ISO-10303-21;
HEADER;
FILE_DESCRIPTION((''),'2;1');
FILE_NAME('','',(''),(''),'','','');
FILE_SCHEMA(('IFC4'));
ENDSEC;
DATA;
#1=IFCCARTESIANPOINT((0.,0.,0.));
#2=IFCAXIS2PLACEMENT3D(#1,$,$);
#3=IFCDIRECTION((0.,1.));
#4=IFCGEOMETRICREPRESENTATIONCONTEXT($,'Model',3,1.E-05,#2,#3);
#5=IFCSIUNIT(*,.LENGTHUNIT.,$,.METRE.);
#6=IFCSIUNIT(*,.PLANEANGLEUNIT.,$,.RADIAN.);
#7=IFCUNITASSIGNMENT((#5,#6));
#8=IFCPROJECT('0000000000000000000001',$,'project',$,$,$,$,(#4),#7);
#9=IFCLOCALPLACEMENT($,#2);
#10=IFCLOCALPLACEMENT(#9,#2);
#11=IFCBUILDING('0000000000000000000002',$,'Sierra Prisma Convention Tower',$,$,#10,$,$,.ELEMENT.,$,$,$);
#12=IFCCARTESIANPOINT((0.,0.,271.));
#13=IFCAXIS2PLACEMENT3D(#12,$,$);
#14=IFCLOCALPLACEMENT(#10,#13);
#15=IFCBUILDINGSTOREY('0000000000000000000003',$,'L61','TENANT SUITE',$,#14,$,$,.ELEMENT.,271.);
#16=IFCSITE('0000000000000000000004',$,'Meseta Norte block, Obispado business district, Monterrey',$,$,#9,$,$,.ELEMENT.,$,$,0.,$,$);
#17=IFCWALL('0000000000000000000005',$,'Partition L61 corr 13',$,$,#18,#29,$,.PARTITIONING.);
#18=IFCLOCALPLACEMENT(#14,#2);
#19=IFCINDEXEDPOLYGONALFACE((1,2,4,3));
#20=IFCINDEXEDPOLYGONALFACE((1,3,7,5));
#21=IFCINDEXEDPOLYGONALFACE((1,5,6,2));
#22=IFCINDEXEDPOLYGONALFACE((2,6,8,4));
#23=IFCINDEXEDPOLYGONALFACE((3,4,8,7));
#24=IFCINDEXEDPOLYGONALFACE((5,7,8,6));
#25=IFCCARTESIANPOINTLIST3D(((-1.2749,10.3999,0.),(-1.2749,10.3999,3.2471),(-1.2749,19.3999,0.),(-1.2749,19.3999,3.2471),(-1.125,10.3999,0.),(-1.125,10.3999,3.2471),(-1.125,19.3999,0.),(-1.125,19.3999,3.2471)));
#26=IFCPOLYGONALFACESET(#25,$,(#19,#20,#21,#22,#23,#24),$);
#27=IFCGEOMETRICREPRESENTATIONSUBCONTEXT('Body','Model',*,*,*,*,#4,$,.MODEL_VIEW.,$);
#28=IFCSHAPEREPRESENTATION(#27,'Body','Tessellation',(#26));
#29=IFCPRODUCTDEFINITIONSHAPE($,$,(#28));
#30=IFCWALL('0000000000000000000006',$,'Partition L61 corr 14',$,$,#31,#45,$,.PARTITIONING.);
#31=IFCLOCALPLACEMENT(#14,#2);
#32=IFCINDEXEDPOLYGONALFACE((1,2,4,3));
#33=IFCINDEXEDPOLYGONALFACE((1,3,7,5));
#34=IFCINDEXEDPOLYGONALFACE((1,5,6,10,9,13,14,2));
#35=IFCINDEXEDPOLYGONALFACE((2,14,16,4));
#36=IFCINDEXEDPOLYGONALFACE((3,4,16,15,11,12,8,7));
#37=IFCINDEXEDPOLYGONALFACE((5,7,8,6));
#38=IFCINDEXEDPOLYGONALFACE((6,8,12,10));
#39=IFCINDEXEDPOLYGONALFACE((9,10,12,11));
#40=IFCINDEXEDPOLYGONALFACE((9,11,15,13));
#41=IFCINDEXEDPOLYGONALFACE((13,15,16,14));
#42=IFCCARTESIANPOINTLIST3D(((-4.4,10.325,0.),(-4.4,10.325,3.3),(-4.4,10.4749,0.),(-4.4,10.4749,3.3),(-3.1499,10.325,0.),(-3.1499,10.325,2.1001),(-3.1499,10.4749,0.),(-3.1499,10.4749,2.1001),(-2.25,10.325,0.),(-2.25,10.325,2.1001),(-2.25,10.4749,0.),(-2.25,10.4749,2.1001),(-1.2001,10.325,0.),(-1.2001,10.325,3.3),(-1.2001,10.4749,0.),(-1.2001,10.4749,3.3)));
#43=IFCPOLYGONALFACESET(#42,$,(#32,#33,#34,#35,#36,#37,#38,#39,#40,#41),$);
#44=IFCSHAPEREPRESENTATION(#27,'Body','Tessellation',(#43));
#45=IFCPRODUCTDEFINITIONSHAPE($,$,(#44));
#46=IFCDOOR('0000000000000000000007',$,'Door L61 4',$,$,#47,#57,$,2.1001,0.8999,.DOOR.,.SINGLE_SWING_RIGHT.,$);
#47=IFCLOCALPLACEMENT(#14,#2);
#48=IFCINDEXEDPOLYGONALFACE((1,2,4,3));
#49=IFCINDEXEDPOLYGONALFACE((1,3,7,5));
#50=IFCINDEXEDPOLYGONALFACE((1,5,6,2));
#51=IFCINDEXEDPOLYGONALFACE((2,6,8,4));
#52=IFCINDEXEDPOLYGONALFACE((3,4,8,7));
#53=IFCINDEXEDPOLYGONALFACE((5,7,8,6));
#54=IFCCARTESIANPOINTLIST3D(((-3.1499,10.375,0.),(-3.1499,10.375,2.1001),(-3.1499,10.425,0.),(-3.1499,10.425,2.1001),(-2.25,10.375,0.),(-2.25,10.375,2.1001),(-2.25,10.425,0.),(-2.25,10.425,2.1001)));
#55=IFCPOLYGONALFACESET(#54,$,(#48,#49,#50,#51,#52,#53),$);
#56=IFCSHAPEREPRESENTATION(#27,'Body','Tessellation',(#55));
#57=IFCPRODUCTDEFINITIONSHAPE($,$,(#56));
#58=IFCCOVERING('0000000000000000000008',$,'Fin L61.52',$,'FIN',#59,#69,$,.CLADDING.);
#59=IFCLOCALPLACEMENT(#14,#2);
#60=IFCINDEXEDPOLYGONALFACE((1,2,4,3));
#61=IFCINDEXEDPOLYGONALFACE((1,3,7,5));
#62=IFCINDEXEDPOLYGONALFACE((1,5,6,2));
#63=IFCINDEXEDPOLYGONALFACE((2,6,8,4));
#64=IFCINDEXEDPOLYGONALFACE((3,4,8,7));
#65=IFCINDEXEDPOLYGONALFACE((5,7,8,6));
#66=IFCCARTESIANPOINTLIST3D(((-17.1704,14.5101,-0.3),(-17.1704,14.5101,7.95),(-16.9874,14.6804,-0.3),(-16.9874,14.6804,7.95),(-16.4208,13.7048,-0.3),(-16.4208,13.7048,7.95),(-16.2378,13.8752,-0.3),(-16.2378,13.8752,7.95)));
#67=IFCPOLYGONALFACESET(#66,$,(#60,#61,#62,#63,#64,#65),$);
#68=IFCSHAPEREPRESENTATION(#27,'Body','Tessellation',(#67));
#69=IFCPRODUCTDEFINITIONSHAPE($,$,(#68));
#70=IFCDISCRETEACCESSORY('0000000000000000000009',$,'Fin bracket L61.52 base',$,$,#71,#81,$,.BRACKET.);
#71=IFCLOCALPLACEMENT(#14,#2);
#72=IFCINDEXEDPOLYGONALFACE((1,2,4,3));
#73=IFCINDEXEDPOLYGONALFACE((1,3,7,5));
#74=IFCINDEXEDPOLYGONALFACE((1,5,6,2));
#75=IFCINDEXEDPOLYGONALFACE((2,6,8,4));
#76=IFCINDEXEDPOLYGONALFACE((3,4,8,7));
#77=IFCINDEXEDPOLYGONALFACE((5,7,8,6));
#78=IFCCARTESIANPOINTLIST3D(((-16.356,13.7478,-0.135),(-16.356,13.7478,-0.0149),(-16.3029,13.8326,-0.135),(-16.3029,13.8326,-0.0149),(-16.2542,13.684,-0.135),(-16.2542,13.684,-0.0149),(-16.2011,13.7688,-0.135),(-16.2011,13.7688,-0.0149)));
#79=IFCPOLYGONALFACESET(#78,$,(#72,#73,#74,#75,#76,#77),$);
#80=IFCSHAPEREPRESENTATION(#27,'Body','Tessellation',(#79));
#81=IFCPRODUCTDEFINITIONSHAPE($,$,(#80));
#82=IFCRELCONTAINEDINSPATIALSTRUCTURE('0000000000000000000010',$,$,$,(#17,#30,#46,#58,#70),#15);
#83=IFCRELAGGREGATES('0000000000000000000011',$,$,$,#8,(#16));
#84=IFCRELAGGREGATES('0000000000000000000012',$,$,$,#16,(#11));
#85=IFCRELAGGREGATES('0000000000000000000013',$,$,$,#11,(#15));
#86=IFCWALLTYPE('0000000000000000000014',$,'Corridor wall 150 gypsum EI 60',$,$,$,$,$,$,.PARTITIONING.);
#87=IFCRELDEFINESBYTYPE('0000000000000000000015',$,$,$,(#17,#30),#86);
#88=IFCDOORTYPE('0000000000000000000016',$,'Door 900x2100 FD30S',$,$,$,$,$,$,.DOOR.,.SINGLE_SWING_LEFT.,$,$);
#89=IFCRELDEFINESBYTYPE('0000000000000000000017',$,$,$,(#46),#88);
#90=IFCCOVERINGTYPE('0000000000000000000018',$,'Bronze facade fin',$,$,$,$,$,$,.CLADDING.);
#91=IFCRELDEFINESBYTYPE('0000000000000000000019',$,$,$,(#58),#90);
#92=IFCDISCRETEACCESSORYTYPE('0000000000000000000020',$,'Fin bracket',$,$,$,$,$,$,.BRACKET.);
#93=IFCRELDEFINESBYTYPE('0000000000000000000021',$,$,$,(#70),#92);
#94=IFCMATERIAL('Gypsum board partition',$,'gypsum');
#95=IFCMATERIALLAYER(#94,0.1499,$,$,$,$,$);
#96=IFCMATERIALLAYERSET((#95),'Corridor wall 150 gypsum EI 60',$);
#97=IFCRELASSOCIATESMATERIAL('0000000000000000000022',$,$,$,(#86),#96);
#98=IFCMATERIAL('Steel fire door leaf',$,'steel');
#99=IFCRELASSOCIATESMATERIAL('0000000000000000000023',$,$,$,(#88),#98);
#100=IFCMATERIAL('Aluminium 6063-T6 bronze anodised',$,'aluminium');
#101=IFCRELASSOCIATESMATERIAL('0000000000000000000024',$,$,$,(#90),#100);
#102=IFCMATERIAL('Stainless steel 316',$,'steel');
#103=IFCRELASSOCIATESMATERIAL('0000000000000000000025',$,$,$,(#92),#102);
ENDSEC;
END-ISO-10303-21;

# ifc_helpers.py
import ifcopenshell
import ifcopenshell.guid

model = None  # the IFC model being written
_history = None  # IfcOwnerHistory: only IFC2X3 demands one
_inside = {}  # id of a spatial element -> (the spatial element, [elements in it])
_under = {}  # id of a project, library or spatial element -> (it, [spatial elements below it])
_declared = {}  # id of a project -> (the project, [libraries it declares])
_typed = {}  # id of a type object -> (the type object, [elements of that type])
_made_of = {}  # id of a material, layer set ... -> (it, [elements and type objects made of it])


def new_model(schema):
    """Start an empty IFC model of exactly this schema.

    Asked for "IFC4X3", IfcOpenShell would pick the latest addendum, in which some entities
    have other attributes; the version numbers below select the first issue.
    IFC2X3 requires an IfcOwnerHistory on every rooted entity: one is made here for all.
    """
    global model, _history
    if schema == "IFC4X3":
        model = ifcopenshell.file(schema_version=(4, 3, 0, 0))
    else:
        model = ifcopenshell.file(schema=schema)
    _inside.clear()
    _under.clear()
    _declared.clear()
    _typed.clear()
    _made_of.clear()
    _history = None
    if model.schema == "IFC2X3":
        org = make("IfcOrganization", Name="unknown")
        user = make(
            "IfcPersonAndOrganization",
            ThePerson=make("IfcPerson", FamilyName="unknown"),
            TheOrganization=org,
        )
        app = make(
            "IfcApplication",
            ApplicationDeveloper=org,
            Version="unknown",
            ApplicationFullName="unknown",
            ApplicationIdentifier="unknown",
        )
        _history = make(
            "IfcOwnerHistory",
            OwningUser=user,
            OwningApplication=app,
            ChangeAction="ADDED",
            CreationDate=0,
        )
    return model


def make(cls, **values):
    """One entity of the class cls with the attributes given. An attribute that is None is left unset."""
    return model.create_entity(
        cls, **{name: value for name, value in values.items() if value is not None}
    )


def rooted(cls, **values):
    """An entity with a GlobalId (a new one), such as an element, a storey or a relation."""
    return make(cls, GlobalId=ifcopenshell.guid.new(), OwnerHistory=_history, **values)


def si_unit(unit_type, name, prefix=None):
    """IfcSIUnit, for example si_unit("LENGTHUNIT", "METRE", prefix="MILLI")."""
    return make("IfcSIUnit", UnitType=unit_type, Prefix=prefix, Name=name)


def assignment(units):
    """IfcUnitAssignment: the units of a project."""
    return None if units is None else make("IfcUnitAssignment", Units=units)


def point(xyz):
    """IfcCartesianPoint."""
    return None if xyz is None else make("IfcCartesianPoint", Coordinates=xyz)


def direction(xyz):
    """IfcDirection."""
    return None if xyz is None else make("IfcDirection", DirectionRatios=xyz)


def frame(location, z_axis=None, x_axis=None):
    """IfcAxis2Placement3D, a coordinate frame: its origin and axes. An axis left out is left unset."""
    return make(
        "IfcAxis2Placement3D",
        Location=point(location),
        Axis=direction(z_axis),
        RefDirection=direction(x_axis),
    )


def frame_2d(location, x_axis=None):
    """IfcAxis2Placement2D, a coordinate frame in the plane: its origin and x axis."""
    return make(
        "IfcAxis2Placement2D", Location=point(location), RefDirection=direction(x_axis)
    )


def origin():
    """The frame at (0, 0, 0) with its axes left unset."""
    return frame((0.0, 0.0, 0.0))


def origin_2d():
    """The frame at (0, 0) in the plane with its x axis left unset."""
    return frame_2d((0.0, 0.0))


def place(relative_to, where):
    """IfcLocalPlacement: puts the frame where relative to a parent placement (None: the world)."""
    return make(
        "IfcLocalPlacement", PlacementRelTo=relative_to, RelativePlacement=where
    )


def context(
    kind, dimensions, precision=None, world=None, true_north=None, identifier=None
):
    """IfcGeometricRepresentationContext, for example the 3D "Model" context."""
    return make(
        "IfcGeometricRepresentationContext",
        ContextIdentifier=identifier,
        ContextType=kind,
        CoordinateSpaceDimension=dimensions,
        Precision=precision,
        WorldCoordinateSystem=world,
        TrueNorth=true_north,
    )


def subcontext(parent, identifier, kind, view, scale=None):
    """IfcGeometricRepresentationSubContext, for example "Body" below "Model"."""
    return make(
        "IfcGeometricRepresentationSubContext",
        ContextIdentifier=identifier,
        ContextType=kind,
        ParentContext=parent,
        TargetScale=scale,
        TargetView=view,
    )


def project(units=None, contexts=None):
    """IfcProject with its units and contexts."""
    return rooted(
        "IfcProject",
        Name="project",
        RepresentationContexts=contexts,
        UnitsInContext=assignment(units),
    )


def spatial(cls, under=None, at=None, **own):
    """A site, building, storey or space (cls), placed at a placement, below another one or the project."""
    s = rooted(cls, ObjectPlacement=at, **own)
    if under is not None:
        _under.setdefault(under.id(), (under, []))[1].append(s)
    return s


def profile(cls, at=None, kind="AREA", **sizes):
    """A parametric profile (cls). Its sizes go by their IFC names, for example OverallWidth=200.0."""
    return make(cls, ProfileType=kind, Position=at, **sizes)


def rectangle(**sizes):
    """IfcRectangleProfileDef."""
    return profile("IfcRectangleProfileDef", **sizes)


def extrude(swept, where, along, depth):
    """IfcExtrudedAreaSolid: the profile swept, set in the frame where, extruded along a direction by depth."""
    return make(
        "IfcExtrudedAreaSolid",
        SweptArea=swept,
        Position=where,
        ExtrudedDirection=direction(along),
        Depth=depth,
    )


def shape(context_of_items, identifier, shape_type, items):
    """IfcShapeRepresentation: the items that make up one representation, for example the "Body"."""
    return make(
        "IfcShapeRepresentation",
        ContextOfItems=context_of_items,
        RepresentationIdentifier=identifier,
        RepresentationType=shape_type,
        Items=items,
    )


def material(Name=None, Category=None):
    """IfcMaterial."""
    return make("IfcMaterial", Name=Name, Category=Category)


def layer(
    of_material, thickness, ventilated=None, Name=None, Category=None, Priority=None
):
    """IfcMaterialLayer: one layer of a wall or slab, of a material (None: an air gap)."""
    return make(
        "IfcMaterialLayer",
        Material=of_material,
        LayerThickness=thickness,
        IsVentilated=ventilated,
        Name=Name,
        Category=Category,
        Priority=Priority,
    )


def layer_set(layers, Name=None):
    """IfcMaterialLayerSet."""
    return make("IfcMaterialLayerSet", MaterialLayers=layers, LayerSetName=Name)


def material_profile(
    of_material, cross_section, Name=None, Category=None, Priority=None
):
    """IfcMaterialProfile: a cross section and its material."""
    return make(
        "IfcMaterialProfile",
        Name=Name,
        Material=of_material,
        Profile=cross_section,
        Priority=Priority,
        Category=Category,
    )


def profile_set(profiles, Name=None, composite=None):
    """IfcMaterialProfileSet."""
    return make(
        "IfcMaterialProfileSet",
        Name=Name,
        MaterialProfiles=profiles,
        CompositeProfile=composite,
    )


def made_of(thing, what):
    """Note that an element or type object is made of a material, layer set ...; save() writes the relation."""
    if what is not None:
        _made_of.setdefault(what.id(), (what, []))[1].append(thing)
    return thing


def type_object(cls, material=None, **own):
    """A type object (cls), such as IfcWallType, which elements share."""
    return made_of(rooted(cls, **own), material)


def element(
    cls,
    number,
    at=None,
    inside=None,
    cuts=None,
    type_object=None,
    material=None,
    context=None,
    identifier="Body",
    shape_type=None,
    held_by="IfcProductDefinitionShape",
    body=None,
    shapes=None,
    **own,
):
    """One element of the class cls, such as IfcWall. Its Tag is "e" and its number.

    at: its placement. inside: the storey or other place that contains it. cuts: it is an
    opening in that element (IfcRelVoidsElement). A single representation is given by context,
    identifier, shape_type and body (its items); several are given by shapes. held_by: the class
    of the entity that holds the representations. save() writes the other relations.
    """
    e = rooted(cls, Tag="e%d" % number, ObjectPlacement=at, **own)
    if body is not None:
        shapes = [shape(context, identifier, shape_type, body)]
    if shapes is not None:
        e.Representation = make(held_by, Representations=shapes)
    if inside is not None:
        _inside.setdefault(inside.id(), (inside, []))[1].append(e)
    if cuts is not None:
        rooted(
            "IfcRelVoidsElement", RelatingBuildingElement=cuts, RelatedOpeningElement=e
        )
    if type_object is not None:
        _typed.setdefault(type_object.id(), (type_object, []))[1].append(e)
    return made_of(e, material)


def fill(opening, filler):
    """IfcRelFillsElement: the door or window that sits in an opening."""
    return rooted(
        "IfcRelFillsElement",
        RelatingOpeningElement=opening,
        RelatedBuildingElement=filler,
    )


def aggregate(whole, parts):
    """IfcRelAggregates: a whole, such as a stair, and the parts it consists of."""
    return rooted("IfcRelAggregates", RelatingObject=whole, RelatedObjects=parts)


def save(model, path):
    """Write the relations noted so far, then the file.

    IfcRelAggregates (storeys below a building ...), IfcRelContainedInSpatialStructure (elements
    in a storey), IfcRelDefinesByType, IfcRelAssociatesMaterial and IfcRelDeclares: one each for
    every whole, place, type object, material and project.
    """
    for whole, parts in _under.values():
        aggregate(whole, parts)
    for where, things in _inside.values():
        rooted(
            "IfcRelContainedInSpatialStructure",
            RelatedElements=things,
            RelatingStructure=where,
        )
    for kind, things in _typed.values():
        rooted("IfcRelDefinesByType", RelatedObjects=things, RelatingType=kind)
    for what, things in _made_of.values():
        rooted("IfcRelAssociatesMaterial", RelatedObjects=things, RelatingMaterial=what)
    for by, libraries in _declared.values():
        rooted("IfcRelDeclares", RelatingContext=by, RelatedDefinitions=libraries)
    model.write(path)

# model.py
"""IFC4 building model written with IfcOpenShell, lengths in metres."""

from ifc_helpers import new_model, si_unit, direction, frame, frame_2d, origin, origin_2d, place, context, subcontext, project, spatial, rectangle, extrude, material, layer, layer_set, material_profile, profile_set, type_object, element, fill, save


model = new_model("IFC4")

# Units and contexts
model_context = context("Model", 3, precision=1e-05, world=origin(), true_north=direction((0.0, 1.0)))
body_context = subcontext(model_context, "Body", "Model", "MODEL_VIEW")
ifc_project = project(units=[si_unit("LENGTHUNIT", "METRE"), si_unit("PLANEANGLEUNIT", "RADIAN")], contexts=[model_context])

# Site, building, storey
site_placement = place(None, origin())
site = spatial("IfcSite", under=ifc_project, at=site_placement, Name="Meseta Norte block, Obispado business district, Monterrey", CompositionType="ELEMENT", RefElevation=0.0)
building_placement = place(site_placement, origin())
building = spatial("IfcBuilding", under=site, at=building_placement, Name="Sierra Prisma Convention Tower", CompositionType="ELEMENT")
storey_placement = place(building_placement, frame((0.0, 0.0, 271.0)))
storey = spatial("IfcBuildingStorey", under=building, at=storey_placement, Name="L61", Description="TENANT SUITE", CompositionType="ELEMENT", Elevation=271.0)

# Shared definitions
ifc_material_1 = material(Name="Gypsum board partition", Category="gypsum")
ifc_layer_1 = layer(ifc_material_1, 0.1499)
ifc_layer_set_1 = layer_set([ifc_layer_1], Name="Corridor wall 150 gypsum EI 60")
wall_type_1 = type_object("IfcWallType", Name="Corridor wall 150 gypsum EI 60", PredefinedType="PARTITIONING", material=ifc_layer_set_1)

# Wall
wall_1_placement = place(storey_placement, frame((-1.2, 19.3999, 0.0), z_axis=(0.0, 0.0, 1.0), x_axis=(0.0, -1.0, 0.0)))
element("IfcWall", 1, at=wall_1_placement, inside=storey, type_object=wall_type_1, Name="Partition L61 corr 13", PredefinedType="PARTITIONING", context=body_context, shape_type="SweptSolid", body=[
    extrude(rectangle(XDim=9.0, YDim=0.1499, at=frame_2d((4.5, 0.0))), origin(), (0.0, 0.0, 1.0), 3.2471),
])

# Wall, opening, door
wall_2_placement = place(storey_placement, frame((-1.2, 10.3999, 0.0), z_axis=(0.0, 0.0, 1.0), x_axis=(-1.0, 0.0, 0.0)))
wall_2 = element("IfcWall", 2, at=wall_2_placement, inside=storey, type_object=wall_type_1, Name="Partition L61 corr 14", PredefinedType="PARTITIONING", context=body_context, shape_type="SweptSolid", body=[
    extrude(rectangle(XDim=3.2, YDim=0.1499, at=frame_2d((1.6001, 0.0))), origin(), (0.0, 0.0, 1.0), 3.3),
])
opening_1_placement = place(wall_2_placement, frame((1.05, 0.0, 0.0)))
opening_1 = element("IfcOpeningElement", 3, at=opening_1_placement, cuts=wall_2, PredefinedType="OPENING", context=body_context, shape_type="SweptSolid", body=[
    extrude(rectangle(XDim=0.8999, YDim=2.1001, at=frame_2d((0.45, 1.05))), frame((0.0, 0.075, 0.0), z_axis=(0.0, -1.0, 0.0), x_axis=(1.0, 0.0, 0.0)), (0.0, 0.0, 1.0), 0.1499),
])
ifc_material_2 = material(Name="Steel fire door leaf", Category="steel")
door_type_1 = type_object("IfcDoorType", Name="Door 900x2100 FD30S", OperationType="SINGLE_SWING_LEFT", PredefinedType="DOOR", material=ifc_material_2)
door_1_placement = place(opening_1_placement, origin())
door_1 = element("IfcDoor", 4, at=door_1_placement, inside=storey, type_object=door_type_1, Name="Door L61 4", OperationType="SINGLE_SWING_RIGHT", OverallHeight=2.1001, OverallWidth=0.8999, PredefinedType="DOOR", context=body_context, shape_type="SweptSolid", body=[
    extrude(rectangle(XDim=0.8999, YDim=2.1001, at=frame_2d((0.45, 1.05))), frame((0.0, 0.0249, 0.0), z_axis=(0.0, -1.0, 0.0), x_axis=(1.0, 0.0, 0.0)), (0.0, 0.0, 1.0), 0.05),
])
fill(opening_1, door_1)

# Covering
ifc_material_3 = material(Name="Aluminium 6063-T6 bronze anodised", Category="aluminium")
ifc_material_profile_1 = material_profile(ifc_material_3, rectangle(XDim=1.1001, YDim=0.25, at=origin_2d()), Name="ALU FIN 1100x250")
ifc_profile_set_1 = profile_set([ifc_material_profile_1], Name="Aluminium 6063-T6 bronze anodised")
covering_type = type_object("IfcCoveringType", Name="Bronze facade fin", PredefinedType="CLADDING", material=ifc_profile_set_1)
covering_placement = place(storey_placement, frame((-16.7041, 14.1926, -0.3), z_axis=(0.0, 0.0, 1.0), x_axis=(-0.681348, 0.73196, 0.0)))
element("IfcCovering", 5, at=covering_placement, inside=storey, type_object=covering_type, Name="Fin L61.52", ObjectType="FIN", PredefinedType="CLADDING", context=body_context, shape_type="SweptSolid", body=[
    extrude(rectangle(XDim=1.1001, YDim=0.25, at=origin_2d()), origin(), (0.0, 0.0, 1.0), 8.25),
])

# Discrete accessory
ifc_material_4 = material(Name="Stainless steel 316", Category="steel")
discrete_accessory_type = type_object("IfcDiscreteAccessoryType", Name="Fin bracket", PredefinedType="BRACKET", material=ifc_material_4)
discrete_accessory_placement = place(storey_placement, frame((-16.2786, 13.7583, -0.135), z_axis=(0.0, 0.0, 1.0), x_axis=(-0.847576, 0.530673, 0.0)))
element("IfcDiscreteAccessory", 6, at=discrete_accessory_placement, inside=storey, type_object=discrete_accessory_type, Name="Fin bracket L61.52 base", PredefinedType="BRACKET", context=body_context, shape_type="SweptSolid", body=[
    extrude(rectangle(XDim=0.1201, YDim=0.1001, at=origin_2d()), origin(), (0.0, 0.0, 1.0), 0.1201),
])

save(model, "model.ifc")
